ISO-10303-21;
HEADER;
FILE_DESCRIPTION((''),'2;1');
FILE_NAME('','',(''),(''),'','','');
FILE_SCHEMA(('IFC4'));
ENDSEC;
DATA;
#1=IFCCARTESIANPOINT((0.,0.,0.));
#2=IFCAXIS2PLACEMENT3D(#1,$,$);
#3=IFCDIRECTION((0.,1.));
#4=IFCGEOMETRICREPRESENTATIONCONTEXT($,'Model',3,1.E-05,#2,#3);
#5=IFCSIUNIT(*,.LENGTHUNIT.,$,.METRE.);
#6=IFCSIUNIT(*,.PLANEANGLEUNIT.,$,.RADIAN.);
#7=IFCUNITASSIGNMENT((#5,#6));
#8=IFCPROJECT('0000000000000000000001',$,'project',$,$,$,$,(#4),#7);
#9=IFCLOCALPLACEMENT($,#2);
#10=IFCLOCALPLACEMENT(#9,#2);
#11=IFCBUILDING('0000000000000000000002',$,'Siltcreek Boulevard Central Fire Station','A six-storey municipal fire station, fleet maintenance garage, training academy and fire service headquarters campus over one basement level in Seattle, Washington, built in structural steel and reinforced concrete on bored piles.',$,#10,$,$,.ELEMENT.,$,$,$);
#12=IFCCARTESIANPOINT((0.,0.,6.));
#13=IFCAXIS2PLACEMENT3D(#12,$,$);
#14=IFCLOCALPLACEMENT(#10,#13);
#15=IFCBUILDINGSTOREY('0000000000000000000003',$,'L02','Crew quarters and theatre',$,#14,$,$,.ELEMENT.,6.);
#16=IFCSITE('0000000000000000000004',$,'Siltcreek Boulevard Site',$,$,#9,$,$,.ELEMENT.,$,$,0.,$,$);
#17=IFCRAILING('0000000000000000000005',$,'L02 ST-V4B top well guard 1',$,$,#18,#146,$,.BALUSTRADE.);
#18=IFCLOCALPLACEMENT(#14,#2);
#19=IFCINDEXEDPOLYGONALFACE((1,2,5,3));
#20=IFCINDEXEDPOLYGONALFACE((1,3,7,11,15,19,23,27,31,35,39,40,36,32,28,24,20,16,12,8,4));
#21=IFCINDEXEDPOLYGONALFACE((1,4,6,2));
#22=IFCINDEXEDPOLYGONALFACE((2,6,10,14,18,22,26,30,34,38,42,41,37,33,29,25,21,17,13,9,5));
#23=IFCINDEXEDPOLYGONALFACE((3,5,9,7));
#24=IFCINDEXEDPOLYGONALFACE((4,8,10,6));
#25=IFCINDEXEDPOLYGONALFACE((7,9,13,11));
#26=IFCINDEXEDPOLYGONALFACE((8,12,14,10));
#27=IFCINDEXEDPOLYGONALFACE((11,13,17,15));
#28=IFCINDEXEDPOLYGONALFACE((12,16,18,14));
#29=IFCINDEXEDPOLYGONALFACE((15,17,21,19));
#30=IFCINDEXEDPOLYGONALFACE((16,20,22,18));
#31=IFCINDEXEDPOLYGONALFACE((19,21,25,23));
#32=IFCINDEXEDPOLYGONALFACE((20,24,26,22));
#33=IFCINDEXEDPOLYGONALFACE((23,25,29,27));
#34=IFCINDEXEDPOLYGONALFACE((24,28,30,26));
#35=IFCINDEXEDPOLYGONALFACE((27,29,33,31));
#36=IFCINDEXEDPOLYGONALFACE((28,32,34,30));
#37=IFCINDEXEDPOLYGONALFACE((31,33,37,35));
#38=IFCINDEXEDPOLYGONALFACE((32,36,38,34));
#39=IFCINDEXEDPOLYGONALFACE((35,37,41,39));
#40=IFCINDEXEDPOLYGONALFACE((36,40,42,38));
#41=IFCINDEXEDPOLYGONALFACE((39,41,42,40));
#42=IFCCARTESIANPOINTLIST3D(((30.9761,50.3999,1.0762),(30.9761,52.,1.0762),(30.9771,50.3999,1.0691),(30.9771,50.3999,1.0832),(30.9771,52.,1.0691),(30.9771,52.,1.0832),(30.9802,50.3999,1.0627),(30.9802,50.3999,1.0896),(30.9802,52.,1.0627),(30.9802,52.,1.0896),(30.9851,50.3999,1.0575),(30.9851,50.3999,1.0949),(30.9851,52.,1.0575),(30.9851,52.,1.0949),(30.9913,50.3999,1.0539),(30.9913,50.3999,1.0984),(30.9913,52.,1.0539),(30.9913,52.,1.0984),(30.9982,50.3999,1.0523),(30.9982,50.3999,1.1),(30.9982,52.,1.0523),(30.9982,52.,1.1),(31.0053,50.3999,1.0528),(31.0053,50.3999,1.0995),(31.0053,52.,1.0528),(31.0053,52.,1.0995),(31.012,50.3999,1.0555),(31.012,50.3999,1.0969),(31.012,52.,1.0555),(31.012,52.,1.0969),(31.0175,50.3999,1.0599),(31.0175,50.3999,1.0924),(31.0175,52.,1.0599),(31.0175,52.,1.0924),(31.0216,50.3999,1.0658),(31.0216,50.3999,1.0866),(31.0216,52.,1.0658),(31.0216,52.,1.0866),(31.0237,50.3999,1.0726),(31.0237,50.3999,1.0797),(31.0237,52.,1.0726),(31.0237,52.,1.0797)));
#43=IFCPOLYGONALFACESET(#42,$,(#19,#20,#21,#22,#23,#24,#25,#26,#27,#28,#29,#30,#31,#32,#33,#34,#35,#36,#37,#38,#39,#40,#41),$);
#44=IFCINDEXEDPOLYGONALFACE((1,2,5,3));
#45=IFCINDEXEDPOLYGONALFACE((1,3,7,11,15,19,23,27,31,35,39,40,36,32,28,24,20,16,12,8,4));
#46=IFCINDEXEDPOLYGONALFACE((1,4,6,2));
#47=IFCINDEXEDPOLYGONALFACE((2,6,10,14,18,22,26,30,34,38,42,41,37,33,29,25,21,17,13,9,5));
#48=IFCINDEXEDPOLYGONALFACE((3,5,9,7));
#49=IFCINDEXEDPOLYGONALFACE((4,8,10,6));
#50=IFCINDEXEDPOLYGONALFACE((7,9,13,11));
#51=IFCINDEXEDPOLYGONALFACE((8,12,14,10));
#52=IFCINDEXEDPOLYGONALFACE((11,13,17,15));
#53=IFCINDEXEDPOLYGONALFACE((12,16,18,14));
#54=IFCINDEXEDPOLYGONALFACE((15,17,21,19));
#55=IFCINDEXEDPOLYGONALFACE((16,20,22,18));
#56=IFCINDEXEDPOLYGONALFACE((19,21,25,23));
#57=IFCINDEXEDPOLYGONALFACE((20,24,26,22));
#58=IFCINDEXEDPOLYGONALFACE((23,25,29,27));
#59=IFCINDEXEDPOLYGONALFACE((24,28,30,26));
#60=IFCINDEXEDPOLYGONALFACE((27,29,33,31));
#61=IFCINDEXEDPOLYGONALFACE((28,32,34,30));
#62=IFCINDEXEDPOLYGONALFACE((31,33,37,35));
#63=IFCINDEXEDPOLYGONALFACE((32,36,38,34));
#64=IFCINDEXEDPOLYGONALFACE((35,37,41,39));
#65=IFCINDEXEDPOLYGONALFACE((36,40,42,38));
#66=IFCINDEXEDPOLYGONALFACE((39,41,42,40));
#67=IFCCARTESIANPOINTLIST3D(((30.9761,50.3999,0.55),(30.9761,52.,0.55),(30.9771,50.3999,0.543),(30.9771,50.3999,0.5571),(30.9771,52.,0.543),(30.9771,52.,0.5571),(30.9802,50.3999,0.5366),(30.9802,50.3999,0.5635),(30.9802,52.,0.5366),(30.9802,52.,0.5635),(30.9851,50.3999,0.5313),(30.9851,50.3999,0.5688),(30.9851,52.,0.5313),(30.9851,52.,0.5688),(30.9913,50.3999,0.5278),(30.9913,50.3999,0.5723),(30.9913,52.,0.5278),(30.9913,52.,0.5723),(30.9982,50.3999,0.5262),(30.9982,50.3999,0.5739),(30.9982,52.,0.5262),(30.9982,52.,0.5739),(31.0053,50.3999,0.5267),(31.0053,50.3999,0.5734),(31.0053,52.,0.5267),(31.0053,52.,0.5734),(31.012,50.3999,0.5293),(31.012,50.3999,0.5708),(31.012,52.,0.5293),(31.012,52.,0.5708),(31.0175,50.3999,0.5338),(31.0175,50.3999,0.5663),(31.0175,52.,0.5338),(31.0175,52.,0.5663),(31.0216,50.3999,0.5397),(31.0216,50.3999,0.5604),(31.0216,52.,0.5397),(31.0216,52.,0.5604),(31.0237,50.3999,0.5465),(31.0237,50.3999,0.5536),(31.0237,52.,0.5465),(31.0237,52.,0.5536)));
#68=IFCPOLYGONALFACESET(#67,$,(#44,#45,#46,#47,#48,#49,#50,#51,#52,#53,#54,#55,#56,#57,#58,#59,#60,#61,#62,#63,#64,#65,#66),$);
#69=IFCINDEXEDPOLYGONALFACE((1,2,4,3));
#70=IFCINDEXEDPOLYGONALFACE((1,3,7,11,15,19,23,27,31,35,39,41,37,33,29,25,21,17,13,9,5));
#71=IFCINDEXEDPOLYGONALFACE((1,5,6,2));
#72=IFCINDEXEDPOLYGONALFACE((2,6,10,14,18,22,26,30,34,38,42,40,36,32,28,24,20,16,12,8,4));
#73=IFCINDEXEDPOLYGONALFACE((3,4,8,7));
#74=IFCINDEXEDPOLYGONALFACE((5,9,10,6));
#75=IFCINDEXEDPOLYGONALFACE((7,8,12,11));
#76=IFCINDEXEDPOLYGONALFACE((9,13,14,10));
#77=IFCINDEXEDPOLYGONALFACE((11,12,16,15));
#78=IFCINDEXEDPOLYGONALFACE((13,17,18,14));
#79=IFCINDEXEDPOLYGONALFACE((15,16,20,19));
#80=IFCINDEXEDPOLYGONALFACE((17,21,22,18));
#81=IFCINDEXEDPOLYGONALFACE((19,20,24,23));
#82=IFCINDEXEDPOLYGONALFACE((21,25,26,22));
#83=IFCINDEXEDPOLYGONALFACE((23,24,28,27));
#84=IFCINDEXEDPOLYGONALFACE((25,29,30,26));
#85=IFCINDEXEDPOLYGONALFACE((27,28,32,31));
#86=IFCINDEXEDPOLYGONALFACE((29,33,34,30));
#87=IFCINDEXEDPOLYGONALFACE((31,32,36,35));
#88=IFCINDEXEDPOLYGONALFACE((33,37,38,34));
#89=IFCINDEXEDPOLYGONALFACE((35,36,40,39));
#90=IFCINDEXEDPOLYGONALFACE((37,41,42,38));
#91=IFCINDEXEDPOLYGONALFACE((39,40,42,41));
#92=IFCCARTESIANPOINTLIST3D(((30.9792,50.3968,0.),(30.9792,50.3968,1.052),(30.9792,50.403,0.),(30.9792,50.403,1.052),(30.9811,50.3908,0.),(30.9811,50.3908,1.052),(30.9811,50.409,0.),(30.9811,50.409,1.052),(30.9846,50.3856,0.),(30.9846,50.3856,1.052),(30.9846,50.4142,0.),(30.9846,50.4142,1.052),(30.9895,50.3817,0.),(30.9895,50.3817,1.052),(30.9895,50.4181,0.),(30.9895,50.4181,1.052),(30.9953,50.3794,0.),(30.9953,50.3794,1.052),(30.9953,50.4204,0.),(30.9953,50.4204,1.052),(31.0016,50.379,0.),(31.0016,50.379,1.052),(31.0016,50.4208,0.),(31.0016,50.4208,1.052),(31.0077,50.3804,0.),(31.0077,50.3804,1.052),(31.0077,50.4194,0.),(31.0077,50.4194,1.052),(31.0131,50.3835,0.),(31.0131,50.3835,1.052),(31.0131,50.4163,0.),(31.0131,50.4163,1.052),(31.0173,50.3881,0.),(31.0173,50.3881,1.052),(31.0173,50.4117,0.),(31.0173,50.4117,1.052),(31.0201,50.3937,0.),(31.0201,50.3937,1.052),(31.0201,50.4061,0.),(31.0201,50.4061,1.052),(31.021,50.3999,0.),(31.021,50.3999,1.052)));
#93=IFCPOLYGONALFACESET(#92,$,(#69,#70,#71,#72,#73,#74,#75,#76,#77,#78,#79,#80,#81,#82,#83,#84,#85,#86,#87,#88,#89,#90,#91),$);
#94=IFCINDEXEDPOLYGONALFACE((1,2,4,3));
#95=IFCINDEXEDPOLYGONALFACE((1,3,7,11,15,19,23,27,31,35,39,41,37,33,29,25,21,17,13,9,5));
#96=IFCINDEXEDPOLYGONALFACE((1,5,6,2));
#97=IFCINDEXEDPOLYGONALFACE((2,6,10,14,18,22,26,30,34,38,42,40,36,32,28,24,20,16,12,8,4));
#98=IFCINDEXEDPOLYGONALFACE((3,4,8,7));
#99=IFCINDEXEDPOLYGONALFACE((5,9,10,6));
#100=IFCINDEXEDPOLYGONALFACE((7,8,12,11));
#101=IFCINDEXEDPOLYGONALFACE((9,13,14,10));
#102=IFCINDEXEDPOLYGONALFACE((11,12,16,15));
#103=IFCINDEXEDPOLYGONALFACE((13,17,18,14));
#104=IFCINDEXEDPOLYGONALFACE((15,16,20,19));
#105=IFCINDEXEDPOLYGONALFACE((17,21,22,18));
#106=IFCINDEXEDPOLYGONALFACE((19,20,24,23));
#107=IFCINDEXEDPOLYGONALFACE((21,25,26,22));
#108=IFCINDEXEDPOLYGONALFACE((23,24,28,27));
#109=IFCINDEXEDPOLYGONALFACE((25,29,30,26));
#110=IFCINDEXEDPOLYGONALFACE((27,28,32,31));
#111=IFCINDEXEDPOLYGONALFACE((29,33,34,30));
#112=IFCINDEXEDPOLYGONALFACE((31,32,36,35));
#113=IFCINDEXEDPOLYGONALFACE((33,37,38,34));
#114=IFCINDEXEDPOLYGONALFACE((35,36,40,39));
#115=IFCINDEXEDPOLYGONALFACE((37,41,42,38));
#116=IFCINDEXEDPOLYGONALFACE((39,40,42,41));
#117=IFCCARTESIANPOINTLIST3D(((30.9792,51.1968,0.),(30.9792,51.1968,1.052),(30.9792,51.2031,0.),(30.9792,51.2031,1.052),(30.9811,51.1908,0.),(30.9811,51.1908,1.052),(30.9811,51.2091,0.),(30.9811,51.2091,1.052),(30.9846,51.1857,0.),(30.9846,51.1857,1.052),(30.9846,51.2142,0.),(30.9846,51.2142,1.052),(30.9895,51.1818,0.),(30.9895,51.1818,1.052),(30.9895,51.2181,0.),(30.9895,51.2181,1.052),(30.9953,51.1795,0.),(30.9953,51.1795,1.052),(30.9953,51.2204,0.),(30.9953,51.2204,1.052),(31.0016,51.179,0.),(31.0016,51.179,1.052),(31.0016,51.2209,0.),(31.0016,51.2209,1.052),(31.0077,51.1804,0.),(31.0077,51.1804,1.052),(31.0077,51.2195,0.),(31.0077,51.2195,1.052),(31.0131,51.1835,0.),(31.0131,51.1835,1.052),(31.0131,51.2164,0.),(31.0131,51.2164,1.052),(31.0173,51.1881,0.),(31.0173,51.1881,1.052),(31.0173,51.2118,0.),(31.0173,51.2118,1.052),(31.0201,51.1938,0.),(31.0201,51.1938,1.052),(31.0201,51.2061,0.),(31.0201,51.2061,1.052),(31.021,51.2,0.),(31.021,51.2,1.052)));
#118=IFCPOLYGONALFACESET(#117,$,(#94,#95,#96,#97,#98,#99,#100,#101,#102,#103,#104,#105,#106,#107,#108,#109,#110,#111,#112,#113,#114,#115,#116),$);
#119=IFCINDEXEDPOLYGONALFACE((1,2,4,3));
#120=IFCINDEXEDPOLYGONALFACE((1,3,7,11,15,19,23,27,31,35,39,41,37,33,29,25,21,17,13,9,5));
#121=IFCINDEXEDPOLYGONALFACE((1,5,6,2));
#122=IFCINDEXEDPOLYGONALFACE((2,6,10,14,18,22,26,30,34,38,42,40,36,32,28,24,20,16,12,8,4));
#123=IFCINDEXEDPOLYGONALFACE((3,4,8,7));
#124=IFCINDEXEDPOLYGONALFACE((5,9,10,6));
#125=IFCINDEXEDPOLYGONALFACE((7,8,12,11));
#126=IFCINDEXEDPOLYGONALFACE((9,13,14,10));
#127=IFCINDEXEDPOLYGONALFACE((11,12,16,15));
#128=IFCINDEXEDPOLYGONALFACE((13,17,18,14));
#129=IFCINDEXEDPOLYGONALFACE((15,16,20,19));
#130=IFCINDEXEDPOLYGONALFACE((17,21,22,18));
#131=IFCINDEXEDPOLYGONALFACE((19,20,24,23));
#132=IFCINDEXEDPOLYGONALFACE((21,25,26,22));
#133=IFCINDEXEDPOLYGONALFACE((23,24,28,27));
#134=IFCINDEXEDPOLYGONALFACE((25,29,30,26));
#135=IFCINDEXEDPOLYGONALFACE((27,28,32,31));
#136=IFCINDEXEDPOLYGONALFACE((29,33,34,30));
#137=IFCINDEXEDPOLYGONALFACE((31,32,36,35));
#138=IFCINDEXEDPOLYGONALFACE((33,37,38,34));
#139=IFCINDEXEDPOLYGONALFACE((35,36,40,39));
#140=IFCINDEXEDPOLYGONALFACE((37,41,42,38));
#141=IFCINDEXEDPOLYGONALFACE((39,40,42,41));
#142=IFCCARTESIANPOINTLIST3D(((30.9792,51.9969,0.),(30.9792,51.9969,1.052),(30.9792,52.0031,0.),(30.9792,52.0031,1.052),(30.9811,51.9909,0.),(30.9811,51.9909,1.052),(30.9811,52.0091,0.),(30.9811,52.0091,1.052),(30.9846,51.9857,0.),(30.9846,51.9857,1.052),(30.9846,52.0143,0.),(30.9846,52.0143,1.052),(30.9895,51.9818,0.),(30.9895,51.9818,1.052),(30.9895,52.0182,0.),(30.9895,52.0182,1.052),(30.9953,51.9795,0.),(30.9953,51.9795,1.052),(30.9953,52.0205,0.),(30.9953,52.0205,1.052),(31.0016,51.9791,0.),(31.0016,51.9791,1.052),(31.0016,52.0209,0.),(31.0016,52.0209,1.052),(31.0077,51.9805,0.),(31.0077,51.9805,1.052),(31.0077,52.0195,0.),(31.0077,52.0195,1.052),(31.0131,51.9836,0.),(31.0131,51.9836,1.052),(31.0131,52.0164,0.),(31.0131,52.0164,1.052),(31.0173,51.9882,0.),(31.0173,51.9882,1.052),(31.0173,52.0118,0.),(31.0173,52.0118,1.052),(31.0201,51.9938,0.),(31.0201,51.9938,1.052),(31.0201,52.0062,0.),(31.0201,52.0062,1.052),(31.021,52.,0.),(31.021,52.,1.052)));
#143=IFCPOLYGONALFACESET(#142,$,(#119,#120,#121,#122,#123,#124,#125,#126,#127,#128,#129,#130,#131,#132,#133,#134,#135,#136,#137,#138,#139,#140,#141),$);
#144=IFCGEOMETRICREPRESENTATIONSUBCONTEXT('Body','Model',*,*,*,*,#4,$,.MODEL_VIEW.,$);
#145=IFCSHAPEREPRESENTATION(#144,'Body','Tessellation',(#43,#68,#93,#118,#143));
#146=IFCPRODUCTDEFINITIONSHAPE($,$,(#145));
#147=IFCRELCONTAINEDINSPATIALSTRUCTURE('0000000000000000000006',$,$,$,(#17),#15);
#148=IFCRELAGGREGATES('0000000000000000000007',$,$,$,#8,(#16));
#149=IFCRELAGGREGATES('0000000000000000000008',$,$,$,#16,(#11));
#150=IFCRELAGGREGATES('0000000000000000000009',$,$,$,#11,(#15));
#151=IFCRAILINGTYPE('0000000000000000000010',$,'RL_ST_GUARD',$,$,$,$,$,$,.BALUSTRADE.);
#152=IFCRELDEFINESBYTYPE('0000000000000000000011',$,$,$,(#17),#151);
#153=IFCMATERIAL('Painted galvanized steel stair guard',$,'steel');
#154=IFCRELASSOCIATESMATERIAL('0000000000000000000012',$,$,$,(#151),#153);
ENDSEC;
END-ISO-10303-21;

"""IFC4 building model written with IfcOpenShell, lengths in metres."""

from ifc_helpers import new_model, si_unit, direction, frame, origin, origin_2d, place, context, subcontext, project, spatial, circle, extrude, material, type_object, element, save


model = new_model("IFC4")

# Units and contexts
model_context = context("Model", 3, precision=1e-05, world=origin(), true_north=direction((0.0, 1.0)))
body_context = subcontext(model_context, "Body", "Model", "MODEL_VIEW")
ifc_project = project(units=[si_unit("LENGTHUNIT", "METRE"), si_unit("PLANEANGLEUNIT", "RADIAN")], contexts=[model_context])

# Site, building, storey
site_placement = place(None, origin())
site = spatial("IfcSite", under=ifc_project, at=site_placement, Name="Siltcreek Boulevard Site", CompositionType="ELEMENT", RefElevation=0.0)
building_placement = place(site_placement, origin())
building = spatial("IfcBuilding", under=site, at=building_placement, Name="Siltcreek Boulevard Central Fire Station", Description="A six-storey municipal fire station, fleet maintenance garage, training academy and fire service headquarters campus over one basement level in Seattle, Washington, built in structural steel and reinforced concrete on bored piles.", CompositionType="ELEMENT")
storey_placement = place(building_placement, frame((0.0, 0.0, 6.0)))
storey = spatial("IfcBuildingStorey", under=building, at=storey_placement, Name="L02", Description="Crew quarters and theatre", CompositionType="ELEMENT", Elevation=6.0)

# Railing
ifc_material_1 = material(Name="Painted galvanized steel stair guard", Category="steel")
railing_type = type_object("IfcRailingType", Name="RL_ST_GUARD", PredefinedType="BALUSTRADE", material=ifc_material_1)
railing_placement = place(storey_placement, frame((31.0, 50.3999, 0.0)))
element("IfcRailing", 1, at=railing_placement, inside=storey, type_object=railing_type, Name="L02 ST-V4B top well guard 1", PredefinedType="BALUSTRADE", context=body_context, shape_type="SweptSolid", body=[
    extrude(circle(Radius=0.0239, at=origin_2d()), frame((0.0, 0.0, 1.0762), z_axis=(0.0, 1.0, 0.0), x_axis=(-1.0, 0.0, 0.0)), (0.0, 0.0, 1.0), 1.6001),
    extrude(circle(Radius=0.0239, at=origin_2d()), frame((0.0, 0.0, 0.55), z_axis=(0.0, 1.0, 0.0), x_axis=(-1.0, 0.0, 0.0)), (0.0, 0.0, 1.0), 1.6001),
    extrude(circle(Radius=0.021, at=origin_2d()), origin(), (0.0, 0.0, 1.0), 1.052),
    extrude(circle(Radius=0.021, at=origin_2d()), frame((0.0, 0.8, 0.0)), (0.0, 0.0, 1.0), 1.052),
    extrude(circle(Radius=0.021, at=origin_2d()), frame((0.0, 1.6001, 0.0)), (0.0, 0.0, 1.0), 1.052),
])

save(model, "model.ifc")
